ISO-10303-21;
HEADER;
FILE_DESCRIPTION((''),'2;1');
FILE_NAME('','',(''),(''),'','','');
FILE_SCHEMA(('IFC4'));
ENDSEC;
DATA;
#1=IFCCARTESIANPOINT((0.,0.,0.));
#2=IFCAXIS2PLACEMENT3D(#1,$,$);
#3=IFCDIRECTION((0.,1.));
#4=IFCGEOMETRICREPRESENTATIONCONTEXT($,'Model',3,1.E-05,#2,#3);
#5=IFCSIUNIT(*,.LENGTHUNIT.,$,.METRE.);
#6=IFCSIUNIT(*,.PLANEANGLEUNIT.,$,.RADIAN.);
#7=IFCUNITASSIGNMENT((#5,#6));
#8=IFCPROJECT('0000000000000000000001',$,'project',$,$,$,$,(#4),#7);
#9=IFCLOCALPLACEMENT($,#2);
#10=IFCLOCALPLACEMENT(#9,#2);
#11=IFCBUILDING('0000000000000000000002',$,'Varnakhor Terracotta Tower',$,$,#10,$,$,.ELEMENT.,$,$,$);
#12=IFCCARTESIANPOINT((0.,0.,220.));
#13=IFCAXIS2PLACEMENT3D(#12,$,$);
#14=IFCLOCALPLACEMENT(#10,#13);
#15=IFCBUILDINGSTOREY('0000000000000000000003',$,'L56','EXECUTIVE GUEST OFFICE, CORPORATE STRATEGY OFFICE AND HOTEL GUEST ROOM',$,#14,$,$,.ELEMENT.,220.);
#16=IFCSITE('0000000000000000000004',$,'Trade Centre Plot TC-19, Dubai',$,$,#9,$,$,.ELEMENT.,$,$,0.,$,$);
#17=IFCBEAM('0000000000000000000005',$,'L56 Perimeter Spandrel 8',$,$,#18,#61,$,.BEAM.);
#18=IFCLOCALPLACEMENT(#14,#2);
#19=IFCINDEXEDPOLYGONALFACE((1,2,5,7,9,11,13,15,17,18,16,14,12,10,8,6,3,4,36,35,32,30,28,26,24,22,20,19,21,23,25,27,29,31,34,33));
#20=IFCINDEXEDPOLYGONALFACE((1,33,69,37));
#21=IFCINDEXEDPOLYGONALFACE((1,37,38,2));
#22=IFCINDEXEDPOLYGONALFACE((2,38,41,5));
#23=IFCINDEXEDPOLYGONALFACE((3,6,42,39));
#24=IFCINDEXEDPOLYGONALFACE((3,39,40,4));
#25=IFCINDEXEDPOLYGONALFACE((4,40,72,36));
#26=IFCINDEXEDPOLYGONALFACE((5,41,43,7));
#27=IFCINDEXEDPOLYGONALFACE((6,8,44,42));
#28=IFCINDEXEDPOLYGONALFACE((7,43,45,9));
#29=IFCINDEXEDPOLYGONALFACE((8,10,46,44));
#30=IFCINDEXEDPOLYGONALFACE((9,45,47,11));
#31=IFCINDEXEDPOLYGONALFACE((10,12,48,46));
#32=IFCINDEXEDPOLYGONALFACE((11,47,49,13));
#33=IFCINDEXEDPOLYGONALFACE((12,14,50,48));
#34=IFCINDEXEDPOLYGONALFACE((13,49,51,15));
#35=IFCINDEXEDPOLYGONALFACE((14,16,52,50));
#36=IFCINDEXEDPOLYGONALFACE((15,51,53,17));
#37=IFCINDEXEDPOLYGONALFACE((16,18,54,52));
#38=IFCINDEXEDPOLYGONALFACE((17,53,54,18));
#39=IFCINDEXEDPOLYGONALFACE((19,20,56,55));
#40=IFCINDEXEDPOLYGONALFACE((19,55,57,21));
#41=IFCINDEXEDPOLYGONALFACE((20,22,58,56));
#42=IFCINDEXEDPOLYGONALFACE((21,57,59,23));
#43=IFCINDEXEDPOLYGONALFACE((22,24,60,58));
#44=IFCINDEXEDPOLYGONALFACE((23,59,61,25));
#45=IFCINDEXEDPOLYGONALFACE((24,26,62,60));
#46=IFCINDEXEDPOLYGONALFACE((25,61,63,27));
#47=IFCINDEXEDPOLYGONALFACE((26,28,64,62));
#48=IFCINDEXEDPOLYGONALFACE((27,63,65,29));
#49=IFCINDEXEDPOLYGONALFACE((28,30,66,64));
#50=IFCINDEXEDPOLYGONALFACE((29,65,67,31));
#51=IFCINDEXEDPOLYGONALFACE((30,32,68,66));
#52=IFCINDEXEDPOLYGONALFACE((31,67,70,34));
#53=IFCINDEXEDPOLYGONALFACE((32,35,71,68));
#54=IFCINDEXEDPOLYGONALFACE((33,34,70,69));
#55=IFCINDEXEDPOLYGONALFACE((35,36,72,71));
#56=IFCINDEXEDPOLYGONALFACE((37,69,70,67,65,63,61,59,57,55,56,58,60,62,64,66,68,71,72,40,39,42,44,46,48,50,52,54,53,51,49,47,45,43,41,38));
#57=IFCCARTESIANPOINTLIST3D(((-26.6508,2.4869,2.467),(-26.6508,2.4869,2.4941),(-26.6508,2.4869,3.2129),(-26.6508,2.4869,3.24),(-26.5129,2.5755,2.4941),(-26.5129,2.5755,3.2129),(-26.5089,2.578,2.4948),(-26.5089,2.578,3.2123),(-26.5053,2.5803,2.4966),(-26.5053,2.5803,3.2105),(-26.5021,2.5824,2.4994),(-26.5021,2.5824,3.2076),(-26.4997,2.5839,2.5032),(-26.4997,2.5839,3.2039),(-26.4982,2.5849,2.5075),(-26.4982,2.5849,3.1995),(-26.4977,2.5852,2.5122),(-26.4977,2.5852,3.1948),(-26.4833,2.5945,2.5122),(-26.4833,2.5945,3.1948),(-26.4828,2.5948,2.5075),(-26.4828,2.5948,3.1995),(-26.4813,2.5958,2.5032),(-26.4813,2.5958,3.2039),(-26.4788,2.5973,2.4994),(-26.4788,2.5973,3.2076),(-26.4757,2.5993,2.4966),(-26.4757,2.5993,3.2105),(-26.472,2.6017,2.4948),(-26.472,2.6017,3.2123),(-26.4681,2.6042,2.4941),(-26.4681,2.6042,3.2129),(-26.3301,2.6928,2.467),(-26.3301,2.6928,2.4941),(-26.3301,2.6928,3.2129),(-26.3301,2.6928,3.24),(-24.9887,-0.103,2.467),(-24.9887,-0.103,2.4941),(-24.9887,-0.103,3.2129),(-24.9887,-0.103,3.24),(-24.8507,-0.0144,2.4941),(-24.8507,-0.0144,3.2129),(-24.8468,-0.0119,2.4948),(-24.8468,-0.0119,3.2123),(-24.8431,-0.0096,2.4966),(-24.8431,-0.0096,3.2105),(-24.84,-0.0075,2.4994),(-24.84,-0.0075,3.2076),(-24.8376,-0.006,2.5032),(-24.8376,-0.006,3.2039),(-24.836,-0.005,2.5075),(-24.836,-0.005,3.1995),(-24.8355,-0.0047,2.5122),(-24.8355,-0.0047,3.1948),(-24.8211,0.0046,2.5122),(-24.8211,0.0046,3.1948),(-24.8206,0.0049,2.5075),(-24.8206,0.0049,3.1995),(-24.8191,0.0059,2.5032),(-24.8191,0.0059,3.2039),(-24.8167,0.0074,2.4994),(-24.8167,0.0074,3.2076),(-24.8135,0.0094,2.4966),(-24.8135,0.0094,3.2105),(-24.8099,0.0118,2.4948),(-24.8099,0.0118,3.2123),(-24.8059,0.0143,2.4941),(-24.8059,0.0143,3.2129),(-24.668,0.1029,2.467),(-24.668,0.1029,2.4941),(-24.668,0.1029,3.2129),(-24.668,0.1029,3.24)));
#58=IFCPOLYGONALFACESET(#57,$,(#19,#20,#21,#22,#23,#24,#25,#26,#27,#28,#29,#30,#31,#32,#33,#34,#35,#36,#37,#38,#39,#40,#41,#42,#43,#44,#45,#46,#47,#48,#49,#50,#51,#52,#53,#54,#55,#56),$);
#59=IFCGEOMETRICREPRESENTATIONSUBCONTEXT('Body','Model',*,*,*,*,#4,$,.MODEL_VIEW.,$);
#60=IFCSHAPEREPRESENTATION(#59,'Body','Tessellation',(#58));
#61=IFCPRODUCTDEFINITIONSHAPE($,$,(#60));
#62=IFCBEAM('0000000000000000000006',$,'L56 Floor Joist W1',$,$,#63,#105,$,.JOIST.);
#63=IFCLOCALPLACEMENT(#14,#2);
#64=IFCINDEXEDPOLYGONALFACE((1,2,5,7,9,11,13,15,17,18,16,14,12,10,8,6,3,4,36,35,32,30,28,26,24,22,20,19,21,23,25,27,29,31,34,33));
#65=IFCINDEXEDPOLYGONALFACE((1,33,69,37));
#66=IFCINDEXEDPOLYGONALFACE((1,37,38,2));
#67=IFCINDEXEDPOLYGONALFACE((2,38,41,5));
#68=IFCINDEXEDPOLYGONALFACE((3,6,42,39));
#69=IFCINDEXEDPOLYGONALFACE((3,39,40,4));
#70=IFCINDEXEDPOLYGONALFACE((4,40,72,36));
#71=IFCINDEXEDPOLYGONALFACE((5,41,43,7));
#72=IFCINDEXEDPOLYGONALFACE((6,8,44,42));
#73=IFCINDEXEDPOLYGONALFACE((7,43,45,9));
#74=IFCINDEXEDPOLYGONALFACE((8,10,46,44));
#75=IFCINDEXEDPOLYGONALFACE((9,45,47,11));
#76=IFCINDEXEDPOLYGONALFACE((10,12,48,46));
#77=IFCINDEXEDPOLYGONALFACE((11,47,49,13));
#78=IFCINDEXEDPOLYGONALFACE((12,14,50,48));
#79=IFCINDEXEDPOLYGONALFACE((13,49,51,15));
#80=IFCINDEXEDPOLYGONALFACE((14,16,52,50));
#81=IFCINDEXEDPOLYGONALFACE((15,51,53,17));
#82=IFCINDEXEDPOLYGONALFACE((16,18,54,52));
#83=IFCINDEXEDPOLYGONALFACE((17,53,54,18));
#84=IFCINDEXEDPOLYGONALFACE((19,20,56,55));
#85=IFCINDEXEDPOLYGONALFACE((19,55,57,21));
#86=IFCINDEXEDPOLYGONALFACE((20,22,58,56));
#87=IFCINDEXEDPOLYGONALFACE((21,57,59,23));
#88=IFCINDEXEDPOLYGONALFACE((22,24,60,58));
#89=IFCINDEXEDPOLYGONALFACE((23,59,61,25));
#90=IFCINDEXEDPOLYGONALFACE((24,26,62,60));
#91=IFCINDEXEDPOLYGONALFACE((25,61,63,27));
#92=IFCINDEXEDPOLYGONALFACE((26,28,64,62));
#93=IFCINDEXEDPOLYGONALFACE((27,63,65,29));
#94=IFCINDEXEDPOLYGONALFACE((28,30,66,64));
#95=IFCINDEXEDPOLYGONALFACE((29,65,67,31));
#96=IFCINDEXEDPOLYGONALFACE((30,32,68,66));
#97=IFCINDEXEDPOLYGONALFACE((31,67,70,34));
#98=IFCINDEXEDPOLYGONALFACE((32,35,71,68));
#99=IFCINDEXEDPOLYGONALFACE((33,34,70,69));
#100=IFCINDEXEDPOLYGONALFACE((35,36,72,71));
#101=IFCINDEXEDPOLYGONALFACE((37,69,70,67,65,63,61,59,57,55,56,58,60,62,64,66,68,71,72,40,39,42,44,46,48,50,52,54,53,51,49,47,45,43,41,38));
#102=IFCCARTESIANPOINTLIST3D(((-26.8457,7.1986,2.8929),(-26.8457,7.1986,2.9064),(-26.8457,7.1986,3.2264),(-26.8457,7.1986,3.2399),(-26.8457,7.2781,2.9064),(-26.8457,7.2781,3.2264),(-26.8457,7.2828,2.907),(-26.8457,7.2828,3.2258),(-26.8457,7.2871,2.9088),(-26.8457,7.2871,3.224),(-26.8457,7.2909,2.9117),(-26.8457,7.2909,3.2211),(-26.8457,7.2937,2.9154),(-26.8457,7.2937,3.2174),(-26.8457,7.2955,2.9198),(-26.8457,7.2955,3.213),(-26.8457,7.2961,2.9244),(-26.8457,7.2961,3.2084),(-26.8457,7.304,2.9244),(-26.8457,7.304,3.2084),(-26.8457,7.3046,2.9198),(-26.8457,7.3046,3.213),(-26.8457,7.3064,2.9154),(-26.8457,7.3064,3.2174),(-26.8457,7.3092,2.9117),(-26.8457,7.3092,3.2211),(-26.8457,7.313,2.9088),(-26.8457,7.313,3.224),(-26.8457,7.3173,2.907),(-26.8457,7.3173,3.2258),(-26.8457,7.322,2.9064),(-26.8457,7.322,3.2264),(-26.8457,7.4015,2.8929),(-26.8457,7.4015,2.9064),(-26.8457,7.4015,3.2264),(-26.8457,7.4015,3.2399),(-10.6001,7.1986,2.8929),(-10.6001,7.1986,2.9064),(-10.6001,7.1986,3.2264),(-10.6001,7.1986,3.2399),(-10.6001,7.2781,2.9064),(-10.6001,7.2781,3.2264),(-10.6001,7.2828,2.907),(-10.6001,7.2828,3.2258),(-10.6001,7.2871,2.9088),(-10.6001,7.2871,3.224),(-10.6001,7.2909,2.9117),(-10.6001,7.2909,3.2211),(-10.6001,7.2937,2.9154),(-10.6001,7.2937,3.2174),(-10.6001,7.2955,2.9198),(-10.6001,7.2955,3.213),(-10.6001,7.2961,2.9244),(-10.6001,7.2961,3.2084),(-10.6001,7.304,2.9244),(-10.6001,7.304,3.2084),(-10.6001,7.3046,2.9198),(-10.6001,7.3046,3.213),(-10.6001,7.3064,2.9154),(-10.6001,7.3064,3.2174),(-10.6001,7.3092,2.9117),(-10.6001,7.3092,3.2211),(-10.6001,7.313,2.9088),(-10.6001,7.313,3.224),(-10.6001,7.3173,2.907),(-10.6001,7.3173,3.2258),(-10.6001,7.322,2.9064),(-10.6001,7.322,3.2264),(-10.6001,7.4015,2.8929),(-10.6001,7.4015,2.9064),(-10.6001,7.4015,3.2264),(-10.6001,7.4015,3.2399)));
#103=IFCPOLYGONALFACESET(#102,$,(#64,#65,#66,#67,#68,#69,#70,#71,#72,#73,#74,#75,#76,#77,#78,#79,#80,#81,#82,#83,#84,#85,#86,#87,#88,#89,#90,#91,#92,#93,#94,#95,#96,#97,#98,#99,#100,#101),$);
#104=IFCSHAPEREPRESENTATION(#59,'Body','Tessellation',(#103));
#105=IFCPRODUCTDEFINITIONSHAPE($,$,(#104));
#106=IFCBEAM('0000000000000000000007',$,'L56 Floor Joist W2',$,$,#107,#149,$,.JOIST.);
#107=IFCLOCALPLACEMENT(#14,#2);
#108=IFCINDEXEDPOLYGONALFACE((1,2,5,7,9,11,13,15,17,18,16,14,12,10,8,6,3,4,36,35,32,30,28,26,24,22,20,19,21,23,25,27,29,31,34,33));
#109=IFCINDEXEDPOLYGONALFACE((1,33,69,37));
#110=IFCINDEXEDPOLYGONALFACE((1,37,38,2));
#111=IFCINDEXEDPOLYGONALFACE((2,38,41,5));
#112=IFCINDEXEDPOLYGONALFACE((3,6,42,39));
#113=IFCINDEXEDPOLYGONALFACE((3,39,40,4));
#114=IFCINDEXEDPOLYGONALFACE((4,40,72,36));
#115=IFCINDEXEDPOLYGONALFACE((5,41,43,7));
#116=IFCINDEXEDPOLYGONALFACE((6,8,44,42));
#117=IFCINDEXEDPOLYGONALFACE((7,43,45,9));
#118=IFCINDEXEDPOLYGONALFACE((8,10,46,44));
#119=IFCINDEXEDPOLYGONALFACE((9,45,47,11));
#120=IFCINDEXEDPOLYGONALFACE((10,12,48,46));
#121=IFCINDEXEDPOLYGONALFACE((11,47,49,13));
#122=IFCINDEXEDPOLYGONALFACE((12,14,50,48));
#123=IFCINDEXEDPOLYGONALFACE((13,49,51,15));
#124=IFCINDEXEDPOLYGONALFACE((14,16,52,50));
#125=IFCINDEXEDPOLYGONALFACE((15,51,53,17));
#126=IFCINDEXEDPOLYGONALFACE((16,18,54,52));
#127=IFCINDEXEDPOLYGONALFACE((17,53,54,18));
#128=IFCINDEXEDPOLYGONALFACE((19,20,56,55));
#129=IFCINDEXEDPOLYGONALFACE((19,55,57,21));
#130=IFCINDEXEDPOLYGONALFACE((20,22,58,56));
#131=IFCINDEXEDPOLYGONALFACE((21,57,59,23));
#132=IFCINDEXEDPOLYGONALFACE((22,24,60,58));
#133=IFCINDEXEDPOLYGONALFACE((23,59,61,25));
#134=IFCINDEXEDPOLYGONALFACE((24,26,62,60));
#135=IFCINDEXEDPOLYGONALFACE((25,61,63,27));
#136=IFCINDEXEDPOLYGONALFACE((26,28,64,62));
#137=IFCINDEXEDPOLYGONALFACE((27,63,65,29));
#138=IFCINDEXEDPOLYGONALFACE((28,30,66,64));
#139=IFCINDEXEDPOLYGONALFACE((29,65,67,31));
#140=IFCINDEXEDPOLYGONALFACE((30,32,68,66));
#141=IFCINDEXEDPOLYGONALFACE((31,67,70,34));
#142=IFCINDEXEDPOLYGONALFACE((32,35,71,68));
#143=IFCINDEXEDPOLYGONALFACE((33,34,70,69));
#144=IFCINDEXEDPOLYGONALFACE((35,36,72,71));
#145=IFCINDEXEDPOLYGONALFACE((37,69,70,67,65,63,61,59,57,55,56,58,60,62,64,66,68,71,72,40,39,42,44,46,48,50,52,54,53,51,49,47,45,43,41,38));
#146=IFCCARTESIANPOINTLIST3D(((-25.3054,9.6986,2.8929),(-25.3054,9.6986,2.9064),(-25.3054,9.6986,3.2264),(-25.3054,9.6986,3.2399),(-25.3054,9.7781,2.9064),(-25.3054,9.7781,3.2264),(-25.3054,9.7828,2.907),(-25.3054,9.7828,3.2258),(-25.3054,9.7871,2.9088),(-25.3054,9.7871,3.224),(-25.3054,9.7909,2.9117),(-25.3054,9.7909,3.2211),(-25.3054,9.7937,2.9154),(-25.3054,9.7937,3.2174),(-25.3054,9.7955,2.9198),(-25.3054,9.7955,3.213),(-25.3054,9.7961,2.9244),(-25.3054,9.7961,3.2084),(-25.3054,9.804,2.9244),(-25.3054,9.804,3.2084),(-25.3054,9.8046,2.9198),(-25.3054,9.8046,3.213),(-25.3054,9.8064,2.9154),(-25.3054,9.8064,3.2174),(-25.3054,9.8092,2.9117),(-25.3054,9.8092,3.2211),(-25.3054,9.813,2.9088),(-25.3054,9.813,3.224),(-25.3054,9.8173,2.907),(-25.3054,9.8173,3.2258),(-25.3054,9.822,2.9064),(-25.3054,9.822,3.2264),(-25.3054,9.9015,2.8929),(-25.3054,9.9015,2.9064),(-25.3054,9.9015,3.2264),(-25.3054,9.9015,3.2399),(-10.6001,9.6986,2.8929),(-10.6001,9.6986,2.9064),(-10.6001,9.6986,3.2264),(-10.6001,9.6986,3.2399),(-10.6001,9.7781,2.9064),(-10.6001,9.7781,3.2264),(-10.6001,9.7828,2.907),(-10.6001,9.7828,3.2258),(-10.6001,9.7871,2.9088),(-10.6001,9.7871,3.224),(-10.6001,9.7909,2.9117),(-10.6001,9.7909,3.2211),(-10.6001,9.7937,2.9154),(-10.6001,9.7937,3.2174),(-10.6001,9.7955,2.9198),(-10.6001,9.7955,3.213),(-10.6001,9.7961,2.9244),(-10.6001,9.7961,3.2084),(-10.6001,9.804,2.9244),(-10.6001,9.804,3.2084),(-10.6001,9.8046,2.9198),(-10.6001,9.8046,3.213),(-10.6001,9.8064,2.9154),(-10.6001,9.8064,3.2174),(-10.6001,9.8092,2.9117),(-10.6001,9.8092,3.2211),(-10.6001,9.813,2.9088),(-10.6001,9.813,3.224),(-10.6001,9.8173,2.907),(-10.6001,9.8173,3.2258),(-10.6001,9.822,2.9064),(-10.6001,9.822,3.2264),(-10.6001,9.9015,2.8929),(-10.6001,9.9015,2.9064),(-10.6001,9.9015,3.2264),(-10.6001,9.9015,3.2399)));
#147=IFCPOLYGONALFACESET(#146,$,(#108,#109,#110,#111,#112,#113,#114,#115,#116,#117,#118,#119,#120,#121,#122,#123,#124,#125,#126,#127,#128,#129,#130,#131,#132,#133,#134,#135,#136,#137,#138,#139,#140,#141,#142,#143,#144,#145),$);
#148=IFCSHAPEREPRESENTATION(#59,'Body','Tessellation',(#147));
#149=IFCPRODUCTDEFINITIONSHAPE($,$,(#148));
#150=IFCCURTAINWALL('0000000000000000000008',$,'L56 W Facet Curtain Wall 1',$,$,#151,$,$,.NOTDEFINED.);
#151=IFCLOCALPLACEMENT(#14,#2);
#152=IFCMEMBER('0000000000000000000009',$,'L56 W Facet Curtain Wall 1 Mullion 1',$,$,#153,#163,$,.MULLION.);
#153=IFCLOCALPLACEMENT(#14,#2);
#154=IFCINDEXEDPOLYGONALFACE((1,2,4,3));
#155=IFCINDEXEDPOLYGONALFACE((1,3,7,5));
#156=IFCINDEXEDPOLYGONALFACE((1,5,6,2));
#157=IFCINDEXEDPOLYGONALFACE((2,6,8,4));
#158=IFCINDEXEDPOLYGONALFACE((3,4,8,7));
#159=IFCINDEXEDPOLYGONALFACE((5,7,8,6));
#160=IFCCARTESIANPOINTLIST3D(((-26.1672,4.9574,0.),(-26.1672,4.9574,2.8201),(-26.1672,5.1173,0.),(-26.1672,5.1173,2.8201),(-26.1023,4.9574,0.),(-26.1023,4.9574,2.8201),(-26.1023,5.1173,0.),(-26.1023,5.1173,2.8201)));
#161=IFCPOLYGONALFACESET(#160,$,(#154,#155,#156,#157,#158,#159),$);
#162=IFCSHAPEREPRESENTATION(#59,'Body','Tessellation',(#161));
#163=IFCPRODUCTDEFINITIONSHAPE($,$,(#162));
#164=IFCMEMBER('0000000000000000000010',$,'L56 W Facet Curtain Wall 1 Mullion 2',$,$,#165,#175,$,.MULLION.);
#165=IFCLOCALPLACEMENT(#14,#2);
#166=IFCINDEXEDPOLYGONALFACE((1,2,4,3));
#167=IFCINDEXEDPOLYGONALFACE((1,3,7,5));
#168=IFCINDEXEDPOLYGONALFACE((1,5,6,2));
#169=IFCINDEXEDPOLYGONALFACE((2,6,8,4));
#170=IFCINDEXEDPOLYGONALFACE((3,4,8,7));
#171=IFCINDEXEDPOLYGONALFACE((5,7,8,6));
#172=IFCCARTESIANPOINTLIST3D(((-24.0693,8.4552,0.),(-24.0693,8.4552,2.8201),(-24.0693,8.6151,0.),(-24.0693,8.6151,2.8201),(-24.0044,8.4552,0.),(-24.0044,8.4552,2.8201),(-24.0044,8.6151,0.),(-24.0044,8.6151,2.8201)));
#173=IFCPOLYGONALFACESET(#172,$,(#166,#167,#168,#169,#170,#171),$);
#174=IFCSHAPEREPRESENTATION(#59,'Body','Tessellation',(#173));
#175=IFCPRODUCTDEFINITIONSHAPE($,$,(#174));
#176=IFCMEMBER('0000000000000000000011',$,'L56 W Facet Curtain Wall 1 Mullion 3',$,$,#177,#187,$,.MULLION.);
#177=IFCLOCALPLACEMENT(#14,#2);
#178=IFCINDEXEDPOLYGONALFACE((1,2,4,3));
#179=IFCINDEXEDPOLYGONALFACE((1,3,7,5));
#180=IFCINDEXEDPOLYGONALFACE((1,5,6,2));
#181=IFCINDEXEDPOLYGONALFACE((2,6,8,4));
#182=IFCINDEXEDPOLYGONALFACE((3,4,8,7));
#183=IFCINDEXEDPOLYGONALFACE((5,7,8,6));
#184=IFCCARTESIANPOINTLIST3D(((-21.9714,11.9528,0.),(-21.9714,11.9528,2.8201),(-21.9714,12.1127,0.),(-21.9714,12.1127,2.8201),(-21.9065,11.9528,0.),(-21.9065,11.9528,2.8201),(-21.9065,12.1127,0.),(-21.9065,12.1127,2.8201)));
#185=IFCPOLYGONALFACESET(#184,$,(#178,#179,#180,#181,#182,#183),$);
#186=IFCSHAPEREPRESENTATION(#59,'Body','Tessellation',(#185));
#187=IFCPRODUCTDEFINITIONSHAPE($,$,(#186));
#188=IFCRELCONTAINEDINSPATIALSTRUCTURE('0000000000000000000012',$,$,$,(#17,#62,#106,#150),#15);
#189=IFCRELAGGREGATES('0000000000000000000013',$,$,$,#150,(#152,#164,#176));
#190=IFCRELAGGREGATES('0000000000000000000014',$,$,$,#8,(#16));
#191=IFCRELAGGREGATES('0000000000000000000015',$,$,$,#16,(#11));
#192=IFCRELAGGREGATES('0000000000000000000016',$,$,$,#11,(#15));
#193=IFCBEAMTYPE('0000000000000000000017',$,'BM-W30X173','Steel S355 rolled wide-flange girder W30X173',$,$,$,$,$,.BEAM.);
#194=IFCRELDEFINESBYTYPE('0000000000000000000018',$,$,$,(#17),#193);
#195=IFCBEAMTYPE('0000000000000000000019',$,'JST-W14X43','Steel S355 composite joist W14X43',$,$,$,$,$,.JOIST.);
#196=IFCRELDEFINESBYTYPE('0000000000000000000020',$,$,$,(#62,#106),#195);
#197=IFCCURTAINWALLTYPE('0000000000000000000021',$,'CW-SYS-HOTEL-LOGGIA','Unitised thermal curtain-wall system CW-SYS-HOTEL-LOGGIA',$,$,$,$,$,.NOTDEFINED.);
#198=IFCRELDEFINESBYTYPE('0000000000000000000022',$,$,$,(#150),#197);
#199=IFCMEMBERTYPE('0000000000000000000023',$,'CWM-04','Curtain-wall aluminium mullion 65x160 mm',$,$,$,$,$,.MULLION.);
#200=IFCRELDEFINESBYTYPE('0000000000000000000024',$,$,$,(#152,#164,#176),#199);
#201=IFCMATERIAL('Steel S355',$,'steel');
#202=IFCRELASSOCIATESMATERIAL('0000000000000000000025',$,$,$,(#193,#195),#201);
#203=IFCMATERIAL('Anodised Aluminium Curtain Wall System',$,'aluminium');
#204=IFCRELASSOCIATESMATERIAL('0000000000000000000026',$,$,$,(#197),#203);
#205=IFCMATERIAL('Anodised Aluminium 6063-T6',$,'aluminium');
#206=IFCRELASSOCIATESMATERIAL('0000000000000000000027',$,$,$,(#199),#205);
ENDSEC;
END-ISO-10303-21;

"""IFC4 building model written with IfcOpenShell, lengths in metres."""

from ifc_helpers import new_model, si_unit, direction, frame, origin, origin_2d, place, context, subcontext, project, spatial, rectangle, i_section, extrude, source, transform, mapped, material, material_profile, profile_set, type_object, type_shapes, element, aggregate, save


model = new_model("IFC4")

# Units and contexts
model_context = context("Model", 3, precision=1e-05, world=origin(), true_north=direction((0.0, 1.0)))
body_context = subcontext(model_context, "Body", "Model", "MODEL_VIEW")
ifc_project = project(units=[si_unit("LENGTHUNIT", "METRE"), si_unit("PLANEANGLEUNIT", "RADIAN")], contexts=[model_context])

# Site, building, storey
site_placement = place(None, origin())
site = spatial("IfcSite", under=ifc_project, at=site_placement, Name="Trade Centre Plot TC-19, Dubai", CompositionType="ELEMENT", RefElevation=0.0)
building_placement = place(site_placement, origin())
building = spatial("IfcBuilding", under=site, at=building_placement, Name="Varnakhor Terracotta Tower", CompositionType="ELEMENT")
storey_placement = place(building_placement, frame((0.0, 0.0, 220.0)))
storey = spatial("IfcBuildingStorey", under=building, at=storey_placement, Name="L56", Description="EXECUTIVE GUEST OFFICE, CORPORATE STRATEGY OFFICE AND HOTEL GUEST ROOM", CompositionType="ELEMENT", Elevation=220.0)

# Beams
ifc_material_1 = material(Name="Steel S355", Category="steel")
ifc_material_profile_1 = material_profile(ifc_material_1, i_section(OverallWidth=0.3811, OverallDepth=0.7729, WebThickness=0.0171, FlangeThickness=0.0271, FilletRadius=0.0181, at=origin_2d()), Name="W30X173")
ifc_profile_set_1 = profile_set([ifc_material_profile_1], Name="Steel S355")
beam_type_1 = type_object("IfcBeamType", Name="BM-W30X173", Description="Steel S355 rolled wide-flange girder W30X173", PredefinedType="BEAM", material=ifc_profile_set_1)
shared_shape_1 = source(origin(), body_context, "Body", "SweptSolid", [
    extrude(i_section(OverallWidth=0.3811, OverallDepth=0.7729, WebThickness=0.0171, FlangeThickness=0.0271, FilletRadius=0.0181, at=origin_2d()), origin(), (0.0, 0.0, 1.0), 3.0774),
])
beam_1_placement = place(storey_placement, frame((-26.4905, 2.5898, 2.8535), z_axis=(0.540116, -0.841591, 0.0), x_axis=(0.841591, 0.540116, 0.0)))
element("IfcBeam", 1, at=beam_1_placement, inside=storey, type_object=beam_type_1, Name="L56 Perimeter Spandrel 8", PredefinedType="BEAM", context=body_context, shape_type="MappedRepresentation", body=[
    mapped(shared_shape_1, transform((0.0, 0.0, 0.0), scale=1.0)),
])
ifc_material_profile_2 = material_profile(ifc_material_1, i_section(OverallWidth=0.2029, OverallDepth=0.3469, WebThickness=0.0078, FlangeThickness=0.0134, FilletRadius=0.0181, at=origin_2d()), Name="W14X43")
ifc_profile_set_2 = profile_set([ifc_material_profile_2], Name="Steel S355")
beam_type_2 = type_object("IfcBeamType", Name="JST-W14X43", Description="Steel S355 composite joist W14X43", PredefinedType="JOIST", material=ifc_profile_set_2)
shared_shape_2 = source(origin(), body_context, "Body", "SweptSolid", [
    extrude(i_section(OverallWidth=0.2029, OverallDepth=0.3469, WebThickness=0.0078, FlangeThickness=0.0134, FilletRadius=0.0181, at=origin_2d()), origin(), (0.0, 0.0, 1.0), 16.2456),
])
beam_2_placement = place(storey_placement, frame((-26.8457, 7.3, 3.0664), z_axis=(1.0, 0.0, 0.0), x_axis=(0.0, 1.0, 0.0)))
element("IfcBeam", 2, at=beam_2_placement, inside=storey, type_object=beam_type_2, Name="L56 Floor Joist W1", PredefinedType="JOIST", context=body_context, shape_type="MappedRepresentation", body=[
    mapped(shared_shape_2, transform((0.0, 0.0, 0.0), scale=1.0)),
])
shared_shape_3 = source(origin(), body_context, "Body", "SweptSolid", [
    extrude(i_section(OverallWidth=0.2029, OverallDepth=0.3469, WebThickness=0.0078, FlangeThickness=0.0134, FilletRadius=0.0181, at=origin_2d()), origin(), (0.0, 0.0, 1.0), 14.7053),
])
beam_3_placement = place(storey_placement, frame((-25.3054, 9.8, 3.0664), z_axis=(1.0, 0.0, 0.0), x_axis=(0.0, 1.0, 0.0)))
element("IfcBeam", 3, at=beam_3_placement, inside=storey, type_object=beam_type_2, Name="L56 Floor Joist W2", PredefinedType="JOIST", context=body_context, shape_type="MappedRepresentation", body=[
    mapped(shared_shape_3, transform((0.0, 0.0, 0.0), scale=1.0)),
])

# Curtain wall, members
ifc_material_2 = material(Name="Anodised Aluminium Curtain Wall System", Category="aluminium")
curtain_wall_type = type_object("IfcCurtainWallType", Name="CW-SYS-HOTEL-LOGGIA", Description="Unitised thermal curtain-wall system CW-SYS-HOTEL-LOGGIA", PredefinedType="NOTDEFINED", material=ifc_material_2)
curtain_wall_1_placement = place(storey_placement, origin())
curtain_wall_1 = element("IfcCurtainWall", 4, at=curtain_wall_1_placement, inside=storey, type_object=curtain_wall_type, Name="L56 W Facet Curtain Wall 1", PredefinedType="NOTDEFINED")
ifc_material_3 = material(Name="Anodised Aluminium 6063-T6", Category="aluminium")
ifc_material_profile_3 = material_profile(ifc_material_3, rectangle(XDim=0.0649, YDim=0.1599, at=origin_2d()), Name="ALU MULLION 65x160")
ifc_profile_set_3 = profile_set([ifc_material_profile_3], Name="Anodised Aluminium 6063-T6")
member_type_1 = type_object("IfcMemberType", Name="CWM-04", Description="Curtain-wall aluminium mullion 65x160 mm", PredefinedType="MULLION", material=ifc_profile_set_3)
shared_shape_4 = source(origin(), body_context, "Body", "SweptSolid", [
    extrude(rectangle(XDim=0.0649, YDim=0.1599, at=origin_2d()), origin(), (0.0, 0.0, 1.0), 2.8201),
])
type_shapes(member_type_1, [shared_shape_4])
member_1_placement = place(storey_placement, frame((-26.1348, 5.0374, 0.0), z_axis=(0.0, 0.0, 1.0), x_axis=(1.0, 0.0, 0.0)))
member_1 = element("IfcMember", 5, at=member_1_placement, type_object=member_type_1, Name="L56 W Facet Curtain Wall 1 Mullion 1", PredefinedType="MULLION", context=body_context, shape_type="MappedRepresentation", body=[
    mapped(shared_shape_4, transform((0.0, 0.0, 0.0), scale=1.0)),
])
member_2_placement = place(storey_placement, frame((-24.0369, 8.5352, 0.0), z_axis=(0.0, 0.0, 1.0), x_axis=(1.0, 0.0, 0.0)))
member_2 = element("IfcMember", 6, at=member_2_placement, type_object=member_type_1, Name="L56 W Facet Curtain Wall 1 Mullion 2", PredefinedType="MULLION", context=body_context, shape_type="MappedRepresentation", body=[
    mapped(shared_shape_4, transform((0.0, 0.0, 0.0), scale=1.0)),
])
member_3_placement = place(storey_placement, frame((-21.939, 12.0327, 0.0), z_axis=(0.0, 0.0, 1.0), x_axis=(1.0, 0.0, 0.0)))
member_3 = element("IfcMember", 7, at=member_3_placement, type_object=member_type_1, Name="L56 W Facet Curtain Wall 1 Mullion 3", PredefinedType="MULLION", context=body_context, shape_type="MappedRepresentation", body=[
    mapped(shared_shape_4, transform((0.0, 0.0, 0.0), scale=1.0)),
])

aggregate(curtain_wall_1, [member_1, member_2, member_3])

save(model, "model.ifc")
